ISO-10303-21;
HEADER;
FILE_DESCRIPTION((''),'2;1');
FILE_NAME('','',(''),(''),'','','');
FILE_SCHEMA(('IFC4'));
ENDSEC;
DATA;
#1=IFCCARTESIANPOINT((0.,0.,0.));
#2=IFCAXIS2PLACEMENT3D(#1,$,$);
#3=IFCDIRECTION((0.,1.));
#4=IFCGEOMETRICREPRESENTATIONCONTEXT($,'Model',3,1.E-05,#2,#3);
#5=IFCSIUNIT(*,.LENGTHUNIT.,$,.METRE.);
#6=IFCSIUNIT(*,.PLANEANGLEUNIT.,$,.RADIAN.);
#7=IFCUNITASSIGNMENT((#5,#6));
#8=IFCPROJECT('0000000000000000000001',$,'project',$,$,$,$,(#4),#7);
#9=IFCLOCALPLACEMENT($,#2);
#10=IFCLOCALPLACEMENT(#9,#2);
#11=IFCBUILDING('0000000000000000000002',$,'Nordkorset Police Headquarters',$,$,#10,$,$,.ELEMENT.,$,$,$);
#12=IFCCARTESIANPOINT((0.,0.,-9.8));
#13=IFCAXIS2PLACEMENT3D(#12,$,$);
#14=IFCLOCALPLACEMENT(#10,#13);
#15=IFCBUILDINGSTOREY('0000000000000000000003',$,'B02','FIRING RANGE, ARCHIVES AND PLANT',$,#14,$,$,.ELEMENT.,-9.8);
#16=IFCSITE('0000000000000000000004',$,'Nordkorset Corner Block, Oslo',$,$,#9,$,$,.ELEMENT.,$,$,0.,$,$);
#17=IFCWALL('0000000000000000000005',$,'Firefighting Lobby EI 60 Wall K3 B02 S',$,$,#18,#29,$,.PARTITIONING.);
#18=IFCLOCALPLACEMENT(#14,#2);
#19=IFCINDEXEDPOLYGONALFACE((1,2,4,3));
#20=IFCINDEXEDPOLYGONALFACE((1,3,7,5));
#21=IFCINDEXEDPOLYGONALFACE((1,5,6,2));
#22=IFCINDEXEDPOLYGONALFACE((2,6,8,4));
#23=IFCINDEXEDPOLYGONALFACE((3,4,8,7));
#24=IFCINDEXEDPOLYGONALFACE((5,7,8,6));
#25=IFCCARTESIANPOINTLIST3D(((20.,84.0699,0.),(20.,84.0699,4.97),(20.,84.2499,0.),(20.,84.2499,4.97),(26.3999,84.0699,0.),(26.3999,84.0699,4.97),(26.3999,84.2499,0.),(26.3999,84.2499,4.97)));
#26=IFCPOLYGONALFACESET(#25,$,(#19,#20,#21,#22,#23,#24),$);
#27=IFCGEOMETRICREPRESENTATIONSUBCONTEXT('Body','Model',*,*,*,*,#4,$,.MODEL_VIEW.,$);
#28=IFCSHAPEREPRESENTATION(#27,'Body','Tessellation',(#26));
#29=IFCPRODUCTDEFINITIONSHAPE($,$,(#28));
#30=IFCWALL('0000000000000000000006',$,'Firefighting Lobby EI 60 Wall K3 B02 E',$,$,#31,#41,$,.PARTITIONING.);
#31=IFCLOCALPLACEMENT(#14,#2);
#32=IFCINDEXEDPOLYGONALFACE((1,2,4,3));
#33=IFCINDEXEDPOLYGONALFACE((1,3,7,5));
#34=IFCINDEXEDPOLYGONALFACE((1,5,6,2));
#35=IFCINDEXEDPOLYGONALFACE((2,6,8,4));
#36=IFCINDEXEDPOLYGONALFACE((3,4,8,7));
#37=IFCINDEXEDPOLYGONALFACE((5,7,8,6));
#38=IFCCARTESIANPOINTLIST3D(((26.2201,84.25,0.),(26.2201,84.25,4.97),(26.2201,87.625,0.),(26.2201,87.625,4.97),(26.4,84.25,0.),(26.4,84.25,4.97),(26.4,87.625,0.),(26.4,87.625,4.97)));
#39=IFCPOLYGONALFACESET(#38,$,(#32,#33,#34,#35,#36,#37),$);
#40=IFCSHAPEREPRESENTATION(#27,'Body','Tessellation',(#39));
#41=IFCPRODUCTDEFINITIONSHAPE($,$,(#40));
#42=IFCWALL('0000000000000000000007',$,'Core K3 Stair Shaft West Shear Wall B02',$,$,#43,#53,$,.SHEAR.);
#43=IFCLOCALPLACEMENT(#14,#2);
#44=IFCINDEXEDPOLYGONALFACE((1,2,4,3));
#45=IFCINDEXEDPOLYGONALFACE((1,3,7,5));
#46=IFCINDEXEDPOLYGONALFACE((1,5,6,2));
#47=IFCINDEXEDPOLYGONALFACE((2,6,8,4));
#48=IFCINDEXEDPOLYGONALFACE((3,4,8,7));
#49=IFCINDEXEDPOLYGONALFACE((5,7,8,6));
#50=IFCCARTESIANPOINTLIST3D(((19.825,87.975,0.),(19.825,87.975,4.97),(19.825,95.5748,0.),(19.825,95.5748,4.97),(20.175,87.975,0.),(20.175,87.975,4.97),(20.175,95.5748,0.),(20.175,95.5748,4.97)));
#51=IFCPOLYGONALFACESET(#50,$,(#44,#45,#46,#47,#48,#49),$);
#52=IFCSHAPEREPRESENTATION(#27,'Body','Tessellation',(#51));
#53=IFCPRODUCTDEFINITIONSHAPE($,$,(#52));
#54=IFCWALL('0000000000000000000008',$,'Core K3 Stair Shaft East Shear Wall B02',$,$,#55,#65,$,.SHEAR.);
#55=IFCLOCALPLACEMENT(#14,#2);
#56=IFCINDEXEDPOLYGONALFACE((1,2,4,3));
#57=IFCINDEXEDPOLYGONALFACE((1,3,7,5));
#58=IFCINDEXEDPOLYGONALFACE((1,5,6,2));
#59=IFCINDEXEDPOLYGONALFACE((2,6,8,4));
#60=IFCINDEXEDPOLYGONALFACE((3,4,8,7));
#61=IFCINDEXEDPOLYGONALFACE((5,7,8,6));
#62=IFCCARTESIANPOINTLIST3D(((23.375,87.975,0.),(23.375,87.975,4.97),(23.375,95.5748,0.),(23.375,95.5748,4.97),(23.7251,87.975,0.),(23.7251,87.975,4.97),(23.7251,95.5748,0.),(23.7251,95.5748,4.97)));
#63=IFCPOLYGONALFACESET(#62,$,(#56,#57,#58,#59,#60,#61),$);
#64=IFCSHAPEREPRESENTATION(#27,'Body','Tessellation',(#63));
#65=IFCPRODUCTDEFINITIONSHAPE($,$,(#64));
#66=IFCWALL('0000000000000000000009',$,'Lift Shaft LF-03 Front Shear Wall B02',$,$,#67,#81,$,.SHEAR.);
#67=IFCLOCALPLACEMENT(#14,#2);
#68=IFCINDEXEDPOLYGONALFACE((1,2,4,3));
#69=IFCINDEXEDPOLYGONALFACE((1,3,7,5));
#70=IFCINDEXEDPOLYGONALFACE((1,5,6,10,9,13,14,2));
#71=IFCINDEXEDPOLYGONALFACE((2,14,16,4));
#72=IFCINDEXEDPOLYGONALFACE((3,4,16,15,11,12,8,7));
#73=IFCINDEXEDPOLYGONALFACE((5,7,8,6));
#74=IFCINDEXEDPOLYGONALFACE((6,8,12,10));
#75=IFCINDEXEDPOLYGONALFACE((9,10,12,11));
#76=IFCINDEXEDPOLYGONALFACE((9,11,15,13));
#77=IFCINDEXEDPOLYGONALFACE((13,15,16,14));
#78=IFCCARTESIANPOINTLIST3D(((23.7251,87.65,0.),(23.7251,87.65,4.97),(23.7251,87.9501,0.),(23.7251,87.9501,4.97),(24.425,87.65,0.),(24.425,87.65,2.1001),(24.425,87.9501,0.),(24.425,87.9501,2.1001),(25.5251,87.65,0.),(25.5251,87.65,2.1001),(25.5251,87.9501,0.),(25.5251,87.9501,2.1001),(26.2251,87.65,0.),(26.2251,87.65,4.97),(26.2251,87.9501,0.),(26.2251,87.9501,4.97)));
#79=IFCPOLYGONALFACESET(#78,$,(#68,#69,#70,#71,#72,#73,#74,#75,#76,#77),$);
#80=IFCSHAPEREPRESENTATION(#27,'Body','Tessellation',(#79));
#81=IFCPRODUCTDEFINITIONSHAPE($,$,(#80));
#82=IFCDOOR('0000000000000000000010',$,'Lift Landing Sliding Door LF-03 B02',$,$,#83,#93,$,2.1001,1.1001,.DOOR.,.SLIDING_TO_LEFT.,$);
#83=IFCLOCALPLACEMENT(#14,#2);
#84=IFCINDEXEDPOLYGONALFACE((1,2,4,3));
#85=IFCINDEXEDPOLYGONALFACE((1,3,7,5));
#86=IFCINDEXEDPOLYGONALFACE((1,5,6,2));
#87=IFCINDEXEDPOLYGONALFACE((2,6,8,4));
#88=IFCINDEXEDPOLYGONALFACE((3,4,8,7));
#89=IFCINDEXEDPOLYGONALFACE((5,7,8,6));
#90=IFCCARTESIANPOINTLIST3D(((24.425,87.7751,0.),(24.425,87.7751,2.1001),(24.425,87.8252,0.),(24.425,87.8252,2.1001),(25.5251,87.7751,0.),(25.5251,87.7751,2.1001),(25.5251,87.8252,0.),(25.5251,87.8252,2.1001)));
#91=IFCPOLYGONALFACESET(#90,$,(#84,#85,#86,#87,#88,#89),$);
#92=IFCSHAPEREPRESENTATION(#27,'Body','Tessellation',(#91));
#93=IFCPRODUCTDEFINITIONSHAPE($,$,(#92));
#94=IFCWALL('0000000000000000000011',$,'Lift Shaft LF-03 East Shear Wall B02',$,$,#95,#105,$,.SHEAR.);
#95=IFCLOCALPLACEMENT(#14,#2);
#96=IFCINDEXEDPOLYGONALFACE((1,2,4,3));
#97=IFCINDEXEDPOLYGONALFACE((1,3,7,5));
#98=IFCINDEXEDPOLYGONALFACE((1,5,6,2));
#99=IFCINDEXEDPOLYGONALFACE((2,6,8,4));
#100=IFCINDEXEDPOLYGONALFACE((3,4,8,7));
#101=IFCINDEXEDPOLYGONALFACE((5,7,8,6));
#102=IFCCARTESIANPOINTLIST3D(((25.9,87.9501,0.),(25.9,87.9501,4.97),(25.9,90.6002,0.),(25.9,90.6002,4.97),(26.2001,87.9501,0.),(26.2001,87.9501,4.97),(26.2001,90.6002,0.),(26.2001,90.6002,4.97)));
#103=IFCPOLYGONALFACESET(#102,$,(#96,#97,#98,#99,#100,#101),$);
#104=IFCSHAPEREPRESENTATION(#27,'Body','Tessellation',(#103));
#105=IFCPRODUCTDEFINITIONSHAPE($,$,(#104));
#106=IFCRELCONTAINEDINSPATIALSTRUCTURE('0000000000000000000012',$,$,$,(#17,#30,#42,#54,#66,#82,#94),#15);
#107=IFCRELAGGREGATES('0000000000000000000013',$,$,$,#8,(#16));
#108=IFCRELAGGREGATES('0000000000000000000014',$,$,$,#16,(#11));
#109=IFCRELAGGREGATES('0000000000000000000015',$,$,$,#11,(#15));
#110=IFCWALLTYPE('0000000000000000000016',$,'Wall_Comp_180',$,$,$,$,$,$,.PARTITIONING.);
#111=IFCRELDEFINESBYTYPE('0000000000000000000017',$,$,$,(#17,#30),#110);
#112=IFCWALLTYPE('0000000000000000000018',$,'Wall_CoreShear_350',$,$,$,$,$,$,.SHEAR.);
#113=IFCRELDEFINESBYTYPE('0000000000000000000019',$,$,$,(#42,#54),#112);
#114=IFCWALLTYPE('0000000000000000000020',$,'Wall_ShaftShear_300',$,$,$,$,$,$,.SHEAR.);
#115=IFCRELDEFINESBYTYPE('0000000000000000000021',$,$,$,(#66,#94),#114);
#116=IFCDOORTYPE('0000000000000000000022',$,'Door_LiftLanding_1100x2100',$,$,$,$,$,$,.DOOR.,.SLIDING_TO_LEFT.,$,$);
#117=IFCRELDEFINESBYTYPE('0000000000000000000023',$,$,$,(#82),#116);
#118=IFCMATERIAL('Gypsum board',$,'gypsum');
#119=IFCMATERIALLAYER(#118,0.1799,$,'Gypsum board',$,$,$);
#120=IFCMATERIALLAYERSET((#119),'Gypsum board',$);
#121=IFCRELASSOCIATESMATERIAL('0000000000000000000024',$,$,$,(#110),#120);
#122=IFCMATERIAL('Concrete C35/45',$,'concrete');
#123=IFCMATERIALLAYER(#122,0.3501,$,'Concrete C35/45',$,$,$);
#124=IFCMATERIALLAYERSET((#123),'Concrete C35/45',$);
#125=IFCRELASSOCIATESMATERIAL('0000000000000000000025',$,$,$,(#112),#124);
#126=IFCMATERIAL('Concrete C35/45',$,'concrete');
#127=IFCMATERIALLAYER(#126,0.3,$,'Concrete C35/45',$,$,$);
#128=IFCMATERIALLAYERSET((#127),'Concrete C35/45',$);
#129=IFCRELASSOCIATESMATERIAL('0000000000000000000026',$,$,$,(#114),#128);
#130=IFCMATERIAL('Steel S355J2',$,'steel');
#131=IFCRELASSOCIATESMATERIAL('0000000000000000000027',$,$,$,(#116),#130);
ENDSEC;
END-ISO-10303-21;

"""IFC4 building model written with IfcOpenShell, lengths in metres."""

from ifc_helpers import new_model, si_unit, direction, frame, frame_2d, origin, place, context, subcontext, project, spatial, rectangle, extrude, material, layer, layer_set, type_object, element, fill, save


model = new_model("IFC4")

# Units and contexts
model_context = context("Model", 3, precision=1e-05, world=origin(), true_north=direction((0.0, 1.0)))
body_context = subcontext(model_context, "Body", "Model", "MODEL_VIEW")
ifc_project = project(units=[si_unit("LENGTHUNIT", "METRE"), si_unit("PLANEANGLEUNIT", "RADIAN")], contexts=[model_context])

# Site, building, storey
site_placement = place(None, origin())
site = spatial("IfcSite", under=ifc_project, at=site_placement, Name="Nordkorset Corner Block, Oslo", CompositionType="ELEMENT", RefElevation=0.0)
building_placement = place(site_placement, origin())
building = spatial("IfcBuilding", under=site, at=building_placement, Name="Nordkorset Police Headquarters", CompositionType="ELEMENT")
storey_placement = place(building_placement, frame((0.0, 0.0, -9.8)))
storey = spatial("IfcBuildingStorey", under=building, at=storey_placement, Name="B02", Description="FIRING RANGE, ARCHIVES AND PLANT", CompositionType="ELEMENT", Elevation=-9.8)

# Wall
ifc_material_1 = material(Name="Gypsum board", Category="gypsum")
ifc_layer_1 = layer(ifc_material_1, 0.1799, Name="Gypsum board")
ifc_layer_set_1 = layer_set([ifc_layer_1], Name="Gypsum board")
wall_type_1 = type_object("IfcWallType", Name="Wall_Comp_180", PredefinedType="PARTITIONING", material=ifc_layer_set_1)
wall_1_placement = place(storey_placement, frame((20.0, 84.1599, 0.0), z_axis=(0.0, 0.0, 1.0), x_axis=(1.0, 0.0, 0.0)))
element("IfcWall", 1, at=wall_1_placement, inside=storey, type_object=wall_type_1, Name="Firefighting Lobby EI 60 Wall K3 B02 S", PredefinedType="PARTITIONING", context=body_context, shape_type="SweptSolid", body=[
    extrude(rectangle(XDim=6.3999, YDim=0.1799, at=frame_2d((3.2, 0.0))), origin(), (0.0, 0.0, 1.0), 4.97),
])

# Wall
wall_2_placement = place(storey_placement, frame((26.3101, 84.25, 0.0), z_axis=(0.0, 0.0, 1.0), x_axis=(0.0, 1.0, 0.0)))
element("IfcWall", 2, at=wall_2_placement, inside=storey, type_object=wall_type_1, Name="Firefighting Lobby EI 60 Wall K3 B02 E", PredefinedType="PARTITIONING", context=body_context, shape_type="SweptSolid", body=[
    extrude(rectangle(XDim=3.375, YDim=0.1799, at=frame_2d((1.6875, 0.0))), origin(), (0.0, 0.0, 1.0), 4.97),
])

# Shared definitions
ifc_material_2 = material(Name="Concrete C35/45", Category="concrete")
ifc_layer_2 = layer(ifc_material_2, 0.3501, Name="Concrete C35/45")
ifc_layer_set_2 = layer_set([ifc_layer_2], Name="Concrete C35/45")
wall_type_2 = type_object("IfcWallType", Name="Wall_CoreShear_350", PredefinedType="SHEAR", material=ifc_layer_set_2)

# Walls
for number, where, z_axis, x_axis, name in (
    (3, (20.0, 87.9751, 0.0), (0.0, 0.0, 1.0), (0.0, 1.0, 0.0), "Core K3 Stair Shaft West Shear Wall B02"),
    (4, (23.55, 87.9751, 0.0), (0.0, 0.0, 1.0), (0.0, 1.0, 0.0), "Core K3 Stair Shaft East Shear Wall B02"),
):
    element("IfcWall", number, at=place(storey_placement, frame(where, z_axis=z_axis, x_axis=x_axis)), inside=storey, type_object=wall_type_2, Name=name, PredefinedType="SHEAR", context=body_context, shape_type="SweptSolid", body=[
        extrude(rectangle(XDim=7.5999, YDim=0.3501, at=frame_2d((3.7998, 0.0))), origin(), (0.0, 0.0, 1.0), 4.97),
    ])

# Wall, opening, door
ifc_material_3 = material(Name="Concrete C35/45", Category="concrete")
ifc_layer_3 = layer(ifc_material_3, 0.3, Name="Concrete C35/45")
ifc_layer_set_3 = layer_set([ifc_layer_3], Name="Concrete C35/45")
wall_type_3 = type_object("IfcWallType", Name="Wall_ShaftShear_300", PredefinedType="SHEAR", material=ifc_layer_set_3)
wall_3_placement = place(storey_placement, frame((23.7251, 87.8, 0.0), z_axis=(0.0, 0.0, 1.0), x_axis=(1.0, 0.0, 0.0)))
wall_3 = element("IfcWall", 5, at=wall_3_placement, inside=storey, type_object=wall_type_3, Name="Lift Shaft LF-03 Front Shear Wall B02", PredefinedType="SHEAR", context=body_context, shape_type="SweptSolid", body=[
    extrude(rectangle(XDim=2.5, YDim=0.3, at=frame_2d((1.25, 0.0))), origin(), (0.0, 0.0, 1.0), 4.97),
])
opening_1_placement = place(wall_3_placement, frame((0.7, 0.0, 0.0)))
opening_1 = element("IfcOpeningElement", 6, at=opening_1_placement, cuts=wall_3, PredefinedType="OPENING", context=body_context, shape_type="SweptSolid", body=[
    extrude(rectangle(XDim=1.1001, YDim=2.1001, at=frame_2d((0.55, 1.05))), frame((0.0, 0.1602, 0.0), z_axis=(0.0, -1.0, 0.0), x_axis=(1.0, 0.0, 0.0)), (0.0, 0.0, 1.0), 0.3201),
])
ifc_material_4 = material(Name="Steel S355J2", Category="steel")
door_type_1 = type_object("IfcDoorType", Name="Door_LiftLanding_1100x2100", OperationType="SLIDING_TO_LEFT", PredefinedType="DOOR", material=ifc_material_4)
door_1_placement = place(opening_1_placement, frame((1.1001, 0.0, 0.0), z_axis=(0.0, 0.0, 1.0), x_axis=(-1.0, 0.0, 0.0)))
door_1 = element("IfcDoor", 7, at=door_1_placement, inside=storey, type_object=door_type_1, Name="Lift Landing Sliding Door LF-03 B02", OperationType="SLIDING_TO_LEFT", OverallHeight=2.1001, OverallWidth=1.1001, PredefinedType="DOOR", context=body_context, shape_type="SweptSolid", body=[
    extrude(rectangle(XDim=1.1001, YDim=2.1001, at=frame_2d((0.55, 1.05))), frame((0.0, 0.0249, 0.0), z_axis=(0.0, -1.0, 0.0), x_axis=(1.0, 0.0, 0.0)), (0.0, 0.0, 1.0), 0.05),
])
fill(opening_1, door_1)

# Wall
wall_4_placement = place(storey_placement, frame((26.05, 87.95, 0.0), z_axis=(0.0, 0.0, 1.0), x_axis=(0.0, 1.0, 0.0)))
element("IfcWall", 8, at=wall_4_placement, inside=storey, type_object=wall_type_3, Name="Lift Shaft LF-03 East Shear Wall B02", PredefinedType="SHEAR", context=body_context, shape_type="SweptSolid", body=[
    extrude(rectangle(XDim=2.6501, YDim=0.3, at=frame_2d((1.3252, 0.0))), origin(), (0.0, 0.0, 1.0), 4.97),
])

save(model, "model.ifc")
